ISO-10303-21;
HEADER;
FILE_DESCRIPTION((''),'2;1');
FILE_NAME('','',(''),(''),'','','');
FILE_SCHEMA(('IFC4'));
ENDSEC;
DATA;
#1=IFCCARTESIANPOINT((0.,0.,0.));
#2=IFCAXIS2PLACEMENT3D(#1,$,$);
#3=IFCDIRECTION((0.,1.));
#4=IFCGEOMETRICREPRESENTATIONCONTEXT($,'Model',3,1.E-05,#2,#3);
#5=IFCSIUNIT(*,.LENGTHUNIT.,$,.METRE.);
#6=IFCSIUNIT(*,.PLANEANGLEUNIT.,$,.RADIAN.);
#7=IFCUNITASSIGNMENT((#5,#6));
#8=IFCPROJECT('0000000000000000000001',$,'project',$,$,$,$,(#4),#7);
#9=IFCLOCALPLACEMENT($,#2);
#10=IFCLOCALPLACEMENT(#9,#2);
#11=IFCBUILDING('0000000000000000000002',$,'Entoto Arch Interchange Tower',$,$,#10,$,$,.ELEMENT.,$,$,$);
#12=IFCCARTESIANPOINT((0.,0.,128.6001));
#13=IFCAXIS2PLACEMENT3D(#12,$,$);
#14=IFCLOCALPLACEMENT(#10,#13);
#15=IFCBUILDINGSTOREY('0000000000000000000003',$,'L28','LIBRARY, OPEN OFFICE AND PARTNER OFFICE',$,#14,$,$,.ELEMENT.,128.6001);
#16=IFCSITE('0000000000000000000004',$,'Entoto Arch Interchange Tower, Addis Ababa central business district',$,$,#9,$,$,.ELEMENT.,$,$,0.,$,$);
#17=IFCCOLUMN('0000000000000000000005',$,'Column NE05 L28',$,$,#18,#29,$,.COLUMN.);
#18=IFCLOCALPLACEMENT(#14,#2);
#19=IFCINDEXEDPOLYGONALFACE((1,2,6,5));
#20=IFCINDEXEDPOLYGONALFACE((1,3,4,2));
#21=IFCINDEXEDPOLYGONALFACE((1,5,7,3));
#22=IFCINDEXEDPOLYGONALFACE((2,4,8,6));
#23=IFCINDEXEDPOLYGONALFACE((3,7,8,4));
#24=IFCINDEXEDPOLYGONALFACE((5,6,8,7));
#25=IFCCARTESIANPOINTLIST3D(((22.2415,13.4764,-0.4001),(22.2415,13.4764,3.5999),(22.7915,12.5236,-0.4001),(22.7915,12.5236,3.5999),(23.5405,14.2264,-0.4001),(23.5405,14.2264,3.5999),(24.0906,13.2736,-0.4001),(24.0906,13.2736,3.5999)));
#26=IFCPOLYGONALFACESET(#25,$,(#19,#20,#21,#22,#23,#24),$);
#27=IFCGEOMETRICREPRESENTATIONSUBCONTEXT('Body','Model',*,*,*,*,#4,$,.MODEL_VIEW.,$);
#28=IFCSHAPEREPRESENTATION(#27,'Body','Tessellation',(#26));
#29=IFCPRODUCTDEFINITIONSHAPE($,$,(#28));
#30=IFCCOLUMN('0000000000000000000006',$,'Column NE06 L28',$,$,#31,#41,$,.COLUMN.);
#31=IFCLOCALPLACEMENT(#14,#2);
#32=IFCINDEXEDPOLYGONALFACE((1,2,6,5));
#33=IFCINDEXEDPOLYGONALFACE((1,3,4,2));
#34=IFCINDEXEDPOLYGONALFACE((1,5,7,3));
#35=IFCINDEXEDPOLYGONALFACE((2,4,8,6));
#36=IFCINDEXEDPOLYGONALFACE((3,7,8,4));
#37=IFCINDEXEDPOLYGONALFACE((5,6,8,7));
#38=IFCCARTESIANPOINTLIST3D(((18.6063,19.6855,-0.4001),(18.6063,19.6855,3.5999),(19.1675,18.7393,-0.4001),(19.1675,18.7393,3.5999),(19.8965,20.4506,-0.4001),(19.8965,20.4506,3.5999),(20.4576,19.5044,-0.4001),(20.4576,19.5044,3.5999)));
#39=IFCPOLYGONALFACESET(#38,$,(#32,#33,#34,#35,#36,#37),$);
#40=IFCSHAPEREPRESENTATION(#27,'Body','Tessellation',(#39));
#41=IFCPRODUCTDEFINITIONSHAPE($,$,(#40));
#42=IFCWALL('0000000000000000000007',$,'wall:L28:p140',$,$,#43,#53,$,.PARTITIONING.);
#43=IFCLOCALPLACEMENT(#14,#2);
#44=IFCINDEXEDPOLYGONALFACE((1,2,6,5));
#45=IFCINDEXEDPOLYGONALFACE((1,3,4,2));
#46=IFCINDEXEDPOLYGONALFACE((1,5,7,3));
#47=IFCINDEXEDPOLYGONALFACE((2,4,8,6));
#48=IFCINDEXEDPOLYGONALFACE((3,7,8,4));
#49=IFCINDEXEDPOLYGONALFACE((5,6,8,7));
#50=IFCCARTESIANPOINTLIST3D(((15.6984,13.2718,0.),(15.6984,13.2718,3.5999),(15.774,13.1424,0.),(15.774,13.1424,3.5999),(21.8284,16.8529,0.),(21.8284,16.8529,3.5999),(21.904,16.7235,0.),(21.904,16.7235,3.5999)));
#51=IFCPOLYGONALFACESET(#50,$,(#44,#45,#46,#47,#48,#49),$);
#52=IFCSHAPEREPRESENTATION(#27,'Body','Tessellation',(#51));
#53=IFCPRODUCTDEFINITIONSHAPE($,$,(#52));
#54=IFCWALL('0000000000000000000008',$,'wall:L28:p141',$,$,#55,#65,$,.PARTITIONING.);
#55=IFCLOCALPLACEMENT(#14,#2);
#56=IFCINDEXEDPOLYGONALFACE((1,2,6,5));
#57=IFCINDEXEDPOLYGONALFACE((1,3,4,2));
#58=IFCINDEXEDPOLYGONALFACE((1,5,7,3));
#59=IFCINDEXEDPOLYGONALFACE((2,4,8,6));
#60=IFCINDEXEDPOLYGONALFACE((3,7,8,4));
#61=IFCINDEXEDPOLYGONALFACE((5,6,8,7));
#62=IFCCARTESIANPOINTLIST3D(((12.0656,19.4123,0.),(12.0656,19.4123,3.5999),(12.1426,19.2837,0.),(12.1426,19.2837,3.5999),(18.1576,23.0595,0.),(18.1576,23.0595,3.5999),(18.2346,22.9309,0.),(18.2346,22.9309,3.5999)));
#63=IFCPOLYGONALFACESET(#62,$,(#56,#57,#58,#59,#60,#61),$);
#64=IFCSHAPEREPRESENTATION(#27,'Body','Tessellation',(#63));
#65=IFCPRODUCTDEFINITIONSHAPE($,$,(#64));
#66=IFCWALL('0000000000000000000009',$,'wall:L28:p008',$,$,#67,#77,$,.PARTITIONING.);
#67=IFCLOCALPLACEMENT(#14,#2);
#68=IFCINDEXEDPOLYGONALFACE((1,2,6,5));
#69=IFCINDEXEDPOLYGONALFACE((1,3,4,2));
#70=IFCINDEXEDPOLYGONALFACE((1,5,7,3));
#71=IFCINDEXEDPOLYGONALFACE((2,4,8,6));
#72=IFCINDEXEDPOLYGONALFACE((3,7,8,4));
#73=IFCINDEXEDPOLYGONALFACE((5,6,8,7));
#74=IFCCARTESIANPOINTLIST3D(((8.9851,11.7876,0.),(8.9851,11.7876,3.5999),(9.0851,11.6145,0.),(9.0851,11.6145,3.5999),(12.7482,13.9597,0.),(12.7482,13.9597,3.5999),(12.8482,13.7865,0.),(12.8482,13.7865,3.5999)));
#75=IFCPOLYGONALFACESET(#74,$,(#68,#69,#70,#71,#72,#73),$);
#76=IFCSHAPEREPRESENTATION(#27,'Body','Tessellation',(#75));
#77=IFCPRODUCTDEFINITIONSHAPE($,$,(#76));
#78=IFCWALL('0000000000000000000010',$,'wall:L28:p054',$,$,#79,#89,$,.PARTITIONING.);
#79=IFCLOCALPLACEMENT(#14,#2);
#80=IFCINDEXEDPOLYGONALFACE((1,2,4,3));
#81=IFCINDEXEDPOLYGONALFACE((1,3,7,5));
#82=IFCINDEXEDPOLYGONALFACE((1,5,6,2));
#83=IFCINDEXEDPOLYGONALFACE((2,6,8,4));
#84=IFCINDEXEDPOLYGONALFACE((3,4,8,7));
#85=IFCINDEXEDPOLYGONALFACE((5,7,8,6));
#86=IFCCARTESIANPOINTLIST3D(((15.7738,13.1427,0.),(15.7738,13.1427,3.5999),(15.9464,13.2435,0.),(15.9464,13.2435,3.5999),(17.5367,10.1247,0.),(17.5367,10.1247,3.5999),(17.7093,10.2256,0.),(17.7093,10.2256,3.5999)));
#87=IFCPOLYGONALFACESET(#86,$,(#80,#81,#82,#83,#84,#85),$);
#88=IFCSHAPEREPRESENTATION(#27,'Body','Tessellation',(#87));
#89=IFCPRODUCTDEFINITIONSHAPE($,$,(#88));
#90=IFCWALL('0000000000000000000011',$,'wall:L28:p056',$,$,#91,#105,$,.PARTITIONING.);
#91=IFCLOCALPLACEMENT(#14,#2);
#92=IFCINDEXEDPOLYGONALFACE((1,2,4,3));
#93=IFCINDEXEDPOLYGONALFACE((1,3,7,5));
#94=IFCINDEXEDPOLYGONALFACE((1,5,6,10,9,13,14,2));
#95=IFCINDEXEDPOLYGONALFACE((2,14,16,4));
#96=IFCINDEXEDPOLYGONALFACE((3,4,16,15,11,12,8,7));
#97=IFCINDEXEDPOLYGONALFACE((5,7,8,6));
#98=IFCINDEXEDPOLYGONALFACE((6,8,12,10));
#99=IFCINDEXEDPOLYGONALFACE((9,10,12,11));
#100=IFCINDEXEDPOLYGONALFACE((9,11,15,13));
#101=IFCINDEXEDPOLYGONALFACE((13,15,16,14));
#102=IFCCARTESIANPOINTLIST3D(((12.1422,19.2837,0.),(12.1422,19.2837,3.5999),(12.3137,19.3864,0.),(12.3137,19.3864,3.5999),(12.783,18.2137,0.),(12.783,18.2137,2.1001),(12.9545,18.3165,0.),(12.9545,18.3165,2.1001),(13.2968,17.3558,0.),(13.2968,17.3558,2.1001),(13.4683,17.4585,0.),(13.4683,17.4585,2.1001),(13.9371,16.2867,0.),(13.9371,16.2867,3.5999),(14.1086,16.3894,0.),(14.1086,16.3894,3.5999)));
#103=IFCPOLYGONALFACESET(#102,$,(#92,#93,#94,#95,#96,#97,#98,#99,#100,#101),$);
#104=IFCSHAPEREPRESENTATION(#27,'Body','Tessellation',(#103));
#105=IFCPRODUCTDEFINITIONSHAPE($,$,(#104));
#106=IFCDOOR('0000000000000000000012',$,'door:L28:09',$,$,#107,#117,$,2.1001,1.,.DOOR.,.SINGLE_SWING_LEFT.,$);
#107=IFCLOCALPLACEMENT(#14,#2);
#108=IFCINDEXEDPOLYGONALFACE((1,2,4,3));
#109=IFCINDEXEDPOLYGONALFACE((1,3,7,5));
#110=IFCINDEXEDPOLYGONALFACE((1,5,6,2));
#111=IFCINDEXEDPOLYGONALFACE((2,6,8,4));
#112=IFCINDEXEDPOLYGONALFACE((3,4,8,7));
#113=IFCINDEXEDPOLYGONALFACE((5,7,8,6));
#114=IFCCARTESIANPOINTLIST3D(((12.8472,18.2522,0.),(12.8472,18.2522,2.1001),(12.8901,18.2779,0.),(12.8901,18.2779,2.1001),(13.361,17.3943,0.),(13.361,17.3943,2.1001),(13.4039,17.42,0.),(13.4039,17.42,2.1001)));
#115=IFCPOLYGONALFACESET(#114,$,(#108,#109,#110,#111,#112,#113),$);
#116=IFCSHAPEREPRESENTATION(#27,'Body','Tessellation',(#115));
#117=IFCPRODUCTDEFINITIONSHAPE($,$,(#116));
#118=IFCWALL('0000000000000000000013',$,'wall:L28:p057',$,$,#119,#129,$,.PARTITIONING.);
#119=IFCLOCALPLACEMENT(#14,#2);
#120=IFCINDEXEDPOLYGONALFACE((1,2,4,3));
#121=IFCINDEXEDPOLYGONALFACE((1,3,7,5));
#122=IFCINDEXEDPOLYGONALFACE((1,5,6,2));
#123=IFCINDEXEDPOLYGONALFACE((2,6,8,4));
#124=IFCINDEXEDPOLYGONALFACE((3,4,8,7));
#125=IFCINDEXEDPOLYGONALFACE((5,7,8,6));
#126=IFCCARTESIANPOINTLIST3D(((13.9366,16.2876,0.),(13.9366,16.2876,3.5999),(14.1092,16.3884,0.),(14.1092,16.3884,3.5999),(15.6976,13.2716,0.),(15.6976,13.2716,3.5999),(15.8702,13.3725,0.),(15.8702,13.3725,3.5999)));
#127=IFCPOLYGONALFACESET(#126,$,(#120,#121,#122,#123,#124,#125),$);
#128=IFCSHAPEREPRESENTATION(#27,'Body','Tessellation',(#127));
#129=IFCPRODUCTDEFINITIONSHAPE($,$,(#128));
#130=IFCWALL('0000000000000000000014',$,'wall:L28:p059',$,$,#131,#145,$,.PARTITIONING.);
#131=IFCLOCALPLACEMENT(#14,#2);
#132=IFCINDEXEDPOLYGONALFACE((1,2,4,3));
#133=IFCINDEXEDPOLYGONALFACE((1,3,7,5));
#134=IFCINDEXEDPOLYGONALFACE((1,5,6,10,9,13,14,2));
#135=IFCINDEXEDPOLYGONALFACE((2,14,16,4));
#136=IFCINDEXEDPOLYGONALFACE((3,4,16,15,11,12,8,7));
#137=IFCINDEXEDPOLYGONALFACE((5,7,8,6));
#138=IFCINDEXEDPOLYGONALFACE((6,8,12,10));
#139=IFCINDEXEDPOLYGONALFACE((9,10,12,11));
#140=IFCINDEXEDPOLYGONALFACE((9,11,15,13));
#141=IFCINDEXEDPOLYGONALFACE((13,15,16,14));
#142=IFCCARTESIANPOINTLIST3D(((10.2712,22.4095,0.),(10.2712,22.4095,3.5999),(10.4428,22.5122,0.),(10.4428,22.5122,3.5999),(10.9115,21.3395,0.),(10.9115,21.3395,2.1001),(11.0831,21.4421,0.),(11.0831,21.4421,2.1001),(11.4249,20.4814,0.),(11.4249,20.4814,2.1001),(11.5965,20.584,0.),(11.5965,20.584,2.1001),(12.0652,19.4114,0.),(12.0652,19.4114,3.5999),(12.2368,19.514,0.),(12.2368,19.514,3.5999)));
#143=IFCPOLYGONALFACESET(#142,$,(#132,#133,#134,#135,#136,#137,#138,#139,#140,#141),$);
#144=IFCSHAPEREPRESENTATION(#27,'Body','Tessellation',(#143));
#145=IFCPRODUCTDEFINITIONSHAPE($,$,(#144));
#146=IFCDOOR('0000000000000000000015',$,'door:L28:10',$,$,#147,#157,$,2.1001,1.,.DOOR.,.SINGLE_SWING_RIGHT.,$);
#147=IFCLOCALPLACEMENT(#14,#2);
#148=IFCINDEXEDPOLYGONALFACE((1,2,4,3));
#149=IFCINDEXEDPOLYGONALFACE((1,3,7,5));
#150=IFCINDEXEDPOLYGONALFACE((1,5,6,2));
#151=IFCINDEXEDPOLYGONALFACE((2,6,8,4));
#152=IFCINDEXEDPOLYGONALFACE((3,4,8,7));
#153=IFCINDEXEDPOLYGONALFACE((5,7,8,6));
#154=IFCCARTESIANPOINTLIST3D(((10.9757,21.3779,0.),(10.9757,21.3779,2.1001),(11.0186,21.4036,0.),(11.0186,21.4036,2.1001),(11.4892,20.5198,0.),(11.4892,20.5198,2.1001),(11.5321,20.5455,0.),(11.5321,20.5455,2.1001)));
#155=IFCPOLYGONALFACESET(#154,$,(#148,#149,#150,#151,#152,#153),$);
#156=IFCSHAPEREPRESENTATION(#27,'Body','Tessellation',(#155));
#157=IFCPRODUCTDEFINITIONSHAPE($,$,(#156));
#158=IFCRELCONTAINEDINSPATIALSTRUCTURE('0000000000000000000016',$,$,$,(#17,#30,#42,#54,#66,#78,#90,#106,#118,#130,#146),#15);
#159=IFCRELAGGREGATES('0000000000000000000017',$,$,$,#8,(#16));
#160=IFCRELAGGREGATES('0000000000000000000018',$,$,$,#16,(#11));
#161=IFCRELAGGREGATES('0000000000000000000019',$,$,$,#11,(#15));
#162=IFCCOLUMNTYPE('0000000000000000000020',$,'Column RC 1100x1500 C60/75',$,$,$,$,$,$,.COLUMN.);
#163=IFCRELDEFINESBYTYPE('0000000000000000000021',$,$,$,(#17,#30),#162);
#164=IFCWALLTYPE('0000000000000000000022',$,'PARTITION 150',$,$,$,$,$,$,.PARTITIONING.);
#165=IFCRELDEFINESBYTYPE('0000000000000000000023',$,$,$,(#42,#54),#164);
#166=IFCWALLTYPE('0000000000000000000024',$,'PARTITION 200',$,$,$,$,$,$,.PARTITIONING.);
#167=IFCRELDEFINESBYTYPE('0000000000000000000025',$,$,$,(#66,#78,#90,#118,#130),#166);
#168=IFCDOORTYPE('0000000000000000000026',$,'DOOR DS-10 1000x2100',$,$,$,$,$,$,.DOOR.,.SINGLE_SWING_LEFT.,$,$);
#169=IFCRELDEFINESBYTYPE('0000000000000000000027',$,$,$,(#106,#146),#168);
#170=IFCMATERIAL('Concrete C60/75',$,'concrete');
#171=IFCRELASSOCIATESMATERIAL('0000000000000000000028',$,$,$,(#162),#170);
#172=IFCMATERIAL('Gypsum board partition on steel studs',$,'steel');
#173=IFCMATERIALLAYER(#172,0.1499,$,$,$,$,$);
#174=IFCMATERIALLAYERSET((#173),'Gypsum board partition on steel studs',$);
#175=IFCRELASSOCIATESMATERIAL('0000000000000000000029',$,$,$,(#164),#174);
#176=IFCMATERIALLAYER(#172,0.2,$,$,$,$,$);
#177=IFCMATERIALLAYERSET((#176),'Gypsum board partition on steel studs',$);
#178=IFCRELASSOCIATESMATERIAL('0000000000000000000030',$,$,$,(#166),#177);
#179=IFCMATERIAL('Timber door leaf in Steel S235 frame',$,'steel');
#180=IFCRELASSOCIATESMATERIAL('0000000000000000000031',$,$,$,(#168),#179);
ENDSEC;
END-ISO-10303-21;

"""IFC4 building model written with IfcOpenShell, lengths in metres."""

from ifc_helpers import new_model, si_unit, direction, frame, frame_2d, origin, origin_2d, place, context, subcontext, project, spatial, rectangle, extrude, material, layer, layer_set, material_profile, profile_set, type_object, element, fill, save


model = new_model("IFC4")

# Units and contexts
model_context = context("Model", 3, precision=1e-05, world=origin(), true_north=direction((0.0, 1.0)))
body_context = subcontext(model_context, "Body", "Model", "MODEL_VIEW")
ifc_project = project(units=[si_unit("LENGTHUNIT", "METRE"), si_unit("PLANEANGLEUNIT", "RADIAN")], contexts=[model_context])

# Site, building, storey
site_placement = place(None, origin())
site = spatial("IfcSite", under=ifc_project, at=site_placement, Name="Entoto Arch Interchange Tower, Addis Ababa central business district", CompositionType="ELEMENT", RefElevation=0.0)
building_placement = place(site_placement, origin())
building = spatial("IfcBuilding", under=site, at=building_placement, Name="Entoto Arch Interchange Tower", CompositionType="ELEMENT")
storey_placement = place(building_placement, frame((0.0, 0.0, 128.6001)))
storey = spatial("IfcBuildingStorey", under=building, at=storey_placement, Name="L28", Description="LIBRARY, OPEN OFFICE AND PARTNER OFFICE", CompositionType="ELEMENT", Elevation=128.6001)

# Columns
ifc_material_1 = material(Name="Concrete C60/75", Category="concrete")
ifc_material_profile = material_profile(ifc_material_1, rectangle(XDim=1.1001, YDim=1.5, at=origin_2d()))
ifc_profile_set = profile_set([ifc_material_profile], Name="Concrete C60/75")
column_type = type_object("IfcColumnType", Name="Column RC 1100x1500 C60/75", PredefinedType="COLUMN", material=ifc_profile_set)
for number, where, z_axis, x_axis, name in (
    (1, (23.166, 13.375, -0.4001), (0.0, 0.0, 1.0), (-0.5, 0.866025, 0.0), "Column NE05 L28"),
    (2, (19.532, 19.595, -0.4001), (0.0, 0.0, 1.0), (-0.510093, 0.860119, 0.0), "Column NE06 L28"),
):
    element("IfcColumn", number, at=place(storey_placement, frame(where, z_axis=z_axis, x_axis=x_axis)), inside=storey, type_object=column_type, Name=name, PredefinedType="COLUMN", context=body_context, shape_type="SweptSolid", body=[
        extrude(rectangle(XDim=1.1001, YDim=1.5, at=origin_2d()), origin(), (0.0, 0.0, 1.0), 4.0),
    ])

# Walls
ifc_material_2 = material(Name="Gypsum board partition on steel studs", Category="steel")
ifc_layer_1 = layer(ifc_material_2, 0.1499)
ifc_layer_set_1 = layer_set([ifc_layer_1], Name="Gypsum board partition on steel studs")
wall_type_1 = type_object("IfcWallType", Name="PARTITION 150", PredefinedType="PARTITIONING", material=ifc_layer_set_1)
wall_1_placement = place(storey_placement, frame((15.7361, 13.207, 0.0), z_axis=(0.0, 0.0, 1.0), x_axis=(0.863454, 0.504427, 0.0)))
element("IfcWall", 3, at=wall_1_placement, inside=storey, type_object=wall_type_1, Name="wall:L28:p140", PredefinedType="PARTITIONING", context=body_context, shape_type="SweptSolid", body=[
    extrude(rectangle(XDim=7.0994, YDim=0.1499, at=frame_2d((3.5498, 0.0))), origin(), (0.0, 0.0, 1.0), 3.5999),
])
wall_2_placement = place(storey_placement, frame((12.104, 19.3479, 0.0), z_axis=(0.0, 0.0, 1.0), x_axis=(0.85799, 0.513666, 0.0)))
element("IfcWall", 4, at=wall_2_placement, inside=storey, type_object=wall_type_1, Name="wall:L28:p141", PredefinedType="PARTITIONING", context=body_context, shape_type="SweptSolid", body=[
    extrude(rectangle(XDim=7.1003, YDim=0.1499, at=frame_2d((3.5503, 0.0))), origin(), (0.0, 0.0, 1.0), 3.5999),
])
ifc_layer_2 = layer(ifc_material_2, 0.2)
ifc_layer_set_2 = layer_set([ifc_layer_2], Name="Gypsum board partition on steel studs")
wall_type_2 = type_object("IfcWallType", Name="PARTITION 200", PredefinedType="PARTITIONING", material=ifc_layer_set_2)
wall_3_placement = place(storey_placement, frame((12.7981, 13.873, 0.0), z_axis=(0.0, 0.0, 1.0), x_axis=(-0.866081, -0.499904, 0.0)))
element("IfcWall", 5, at=wall_3_placement, inside=storey, type_object=wall_type_2, Name="wall:L28:p008", PredefinedType="PARTITIONING", context=body_context, shape_type="SweptSolid", body=[
    extrude(rectangle(XDim=4.345, YDim=0.2, at=frame_2d((2.1724, 0.0))), origin(), (0.0, 0.0, 1.0), 3.5999),
])
wall_4_placement = place(storey_placement, frame((15.8601, 13.1931, 0.0), z_axis=(0.0, 0.0, 1.0), x_axis=(0.504383, -0.86348, 0.0)))
element("IfcWall", 6, at=wall_4_placement, inside=storey, type_object=wall_type_2, Name="wall:L28:p054", PredefinedType="PARTITIONING", context=body_context, shape_type="SweptSolid", body=[
    extrude(rectangle(XDim=3.4951, YDim=0.2, at=frame_2d((1.7476, 0.0))), origin(), (0.0, 0.0, 1.0), 3.5999),
])

# Wall, opening, door
wall_5_placement = place(storey_placement, frame((12.228, 19.335, 0.0), z_axis=(0.0, 0.0, 1.0), x_axis=(0.513797, -0.857912, 0.0)))
wall_5 = element("IfcWall", 7, at=wall_5_placement, inside=storey, type_object=wall_type_2, Name="wall:L28:p056", PredefinedType="PARTITIONING", context=body_context, shape_type="SweptSolid", body=[
    extrude(rectangle(XDim=3.4934, YDim=0.2, at=frame_2d((1.7466, 0.0))), origin(), (0.0, 0.0, 1.0), 3.5999),
])
opening_1_placement = place(wall_5_placement, frame((1.2471, 0.0, 0.0)))
opening_1 = element("IfcOpeningElement", 8, at=opening_1_placement, cuts=wall_5, PredefinedType="OPENING", context=body_context, shape_type="SweptSolid", body=[
    extrude(rectangle(XDim=1.0, YDim=2.1001, at=frame_2d((0.5, 1.05))), frame((0.0, 0.1099, 0.0), z_axis=(0.0, -1.0, 0.0), x_axis=(1.0, 0.0, 0.0)), (0.0, 0.0, 1.0), 0.22),
])
ifc_material_3 = material(Name="Timber door leaf in Steel S235 frame", Category="steel")
door_type = type_object("IfcDoorType", Name="DOOR DS-10 1000x2100", OperationType="SINGLE_SWING_LEFT", PredefinedType="DOOR", material=ifc_material_3)
door_1_placement = place(opening_1_placement, origin())
door_1 = element("IfcDoor", 9, at=door_1_placement, inside=storey, type_object=door_type, Name="door:L28:09", OperationType="SINGLE_SWING_LEFT", OverallHeight=2.1001, OverallWidth=1.0, PredefinedType="DOOR", context=body_context, shape_type="SweptSolid", body=[
    extrude(rectangle(XDim=1.0, YDim=2.1001, at=frame_2d((0.5, 1.05))), frame((0.0, 0.0249, 0.0), z_axis=(0.0, -1.0, 0.0), x_axis=(1.0, 0.0, 0.0)), (0.0, 0.0, 1.0), 0.05),
])
fill(opening_1, door_1)

# Wall
wall_6_placement = place(storey_placement, frame((14.0229, 16.3379, 0.0), z_axis=(0.0, 0.0, 1.0), x_axis=(0.50424, -0.863563, 0.0)))
element("IfcWall", 10, at=wall_6_placement, inside=storey, type_object=wall_type_2, Name="wall:L28:p057", PredefinedType="PARTITIONING", context=body_context, shape_type="SweptSolid", body=[
    extrude(rectangle(XDim=3.4924, YDim=0.2, at=frame_2d((1.7461, 0.0))), origin(), (0.0, 0.0, 1.0), 3.5999),
])

# Wall, opening, door
wall_7_placement = place(storey_placement, frame((10.3569, 22.4609, 0.0), z_axis=(0.0, 0.0, 1.0), x_axis=(0.513468, -0.858109, 0.0)))
wall_7 = element("IfcWall", 11, at=wall_7_placement, inside=storey, type_object=wall_type_2, Name="wall:L28:p059", PredefinedType="PARTITIONING", context=body_context, shape_type="SweptSolid", body=[
    extrude(rectangle(XDim=3.4939, YDim=0.2, at=frame_2d((1.7471, 0.0))), origin(), (0.0, 0.0, 1.0), 3.5999),
])
opening_2_placement = place(wall_7_placement, frame((1.2471, 0.0, 0.0)))
opening_2 = element("IfcOpeningElement", 12, at=opening_2_placement, cuts=wall_7, PredefinedType="OPENING", context=body_context, shape_type="SweptSolid", body=[
    extrude(rectangle(XDim=1.0, YDim=2.1001, at=frame_2d((0.5, 1.05))), frame((0.0, 0.1099, 0.0), z_axis=(0.0, -1.0, 0.0), x_axis=(1.0, 0.0, 0.0)), (0.0, 0.0, 1.0), 0.22),
])
door_2_placement = place(opening_2_placement, origin())
door_2 = element("IfcDoor", 13, at=door_2_placement, inside=storey, type_object=door_type, Name="door:L28:10", OperationType="SINGLE_SWING_RIGHT", OverallHeight=2.1001, OverallWidth=1.0, PredefinedType="DOOR", context=body_context, shape_type="SweptSolid", body=[
    extrude(rectangle(XDim=1.0, YDim=2.1001, at=frame_2d((0.5, 1.05))), frame((0.0, 0.0249, 0.0), z_axis=(0.0, -1.0, 0.0), x_axis=(1.0, 0.0, 0.0)), (0.0, 0.0, 1.0), 0.05),
])
fill(opening_2, door_2)

save(model, "model.ifc")
